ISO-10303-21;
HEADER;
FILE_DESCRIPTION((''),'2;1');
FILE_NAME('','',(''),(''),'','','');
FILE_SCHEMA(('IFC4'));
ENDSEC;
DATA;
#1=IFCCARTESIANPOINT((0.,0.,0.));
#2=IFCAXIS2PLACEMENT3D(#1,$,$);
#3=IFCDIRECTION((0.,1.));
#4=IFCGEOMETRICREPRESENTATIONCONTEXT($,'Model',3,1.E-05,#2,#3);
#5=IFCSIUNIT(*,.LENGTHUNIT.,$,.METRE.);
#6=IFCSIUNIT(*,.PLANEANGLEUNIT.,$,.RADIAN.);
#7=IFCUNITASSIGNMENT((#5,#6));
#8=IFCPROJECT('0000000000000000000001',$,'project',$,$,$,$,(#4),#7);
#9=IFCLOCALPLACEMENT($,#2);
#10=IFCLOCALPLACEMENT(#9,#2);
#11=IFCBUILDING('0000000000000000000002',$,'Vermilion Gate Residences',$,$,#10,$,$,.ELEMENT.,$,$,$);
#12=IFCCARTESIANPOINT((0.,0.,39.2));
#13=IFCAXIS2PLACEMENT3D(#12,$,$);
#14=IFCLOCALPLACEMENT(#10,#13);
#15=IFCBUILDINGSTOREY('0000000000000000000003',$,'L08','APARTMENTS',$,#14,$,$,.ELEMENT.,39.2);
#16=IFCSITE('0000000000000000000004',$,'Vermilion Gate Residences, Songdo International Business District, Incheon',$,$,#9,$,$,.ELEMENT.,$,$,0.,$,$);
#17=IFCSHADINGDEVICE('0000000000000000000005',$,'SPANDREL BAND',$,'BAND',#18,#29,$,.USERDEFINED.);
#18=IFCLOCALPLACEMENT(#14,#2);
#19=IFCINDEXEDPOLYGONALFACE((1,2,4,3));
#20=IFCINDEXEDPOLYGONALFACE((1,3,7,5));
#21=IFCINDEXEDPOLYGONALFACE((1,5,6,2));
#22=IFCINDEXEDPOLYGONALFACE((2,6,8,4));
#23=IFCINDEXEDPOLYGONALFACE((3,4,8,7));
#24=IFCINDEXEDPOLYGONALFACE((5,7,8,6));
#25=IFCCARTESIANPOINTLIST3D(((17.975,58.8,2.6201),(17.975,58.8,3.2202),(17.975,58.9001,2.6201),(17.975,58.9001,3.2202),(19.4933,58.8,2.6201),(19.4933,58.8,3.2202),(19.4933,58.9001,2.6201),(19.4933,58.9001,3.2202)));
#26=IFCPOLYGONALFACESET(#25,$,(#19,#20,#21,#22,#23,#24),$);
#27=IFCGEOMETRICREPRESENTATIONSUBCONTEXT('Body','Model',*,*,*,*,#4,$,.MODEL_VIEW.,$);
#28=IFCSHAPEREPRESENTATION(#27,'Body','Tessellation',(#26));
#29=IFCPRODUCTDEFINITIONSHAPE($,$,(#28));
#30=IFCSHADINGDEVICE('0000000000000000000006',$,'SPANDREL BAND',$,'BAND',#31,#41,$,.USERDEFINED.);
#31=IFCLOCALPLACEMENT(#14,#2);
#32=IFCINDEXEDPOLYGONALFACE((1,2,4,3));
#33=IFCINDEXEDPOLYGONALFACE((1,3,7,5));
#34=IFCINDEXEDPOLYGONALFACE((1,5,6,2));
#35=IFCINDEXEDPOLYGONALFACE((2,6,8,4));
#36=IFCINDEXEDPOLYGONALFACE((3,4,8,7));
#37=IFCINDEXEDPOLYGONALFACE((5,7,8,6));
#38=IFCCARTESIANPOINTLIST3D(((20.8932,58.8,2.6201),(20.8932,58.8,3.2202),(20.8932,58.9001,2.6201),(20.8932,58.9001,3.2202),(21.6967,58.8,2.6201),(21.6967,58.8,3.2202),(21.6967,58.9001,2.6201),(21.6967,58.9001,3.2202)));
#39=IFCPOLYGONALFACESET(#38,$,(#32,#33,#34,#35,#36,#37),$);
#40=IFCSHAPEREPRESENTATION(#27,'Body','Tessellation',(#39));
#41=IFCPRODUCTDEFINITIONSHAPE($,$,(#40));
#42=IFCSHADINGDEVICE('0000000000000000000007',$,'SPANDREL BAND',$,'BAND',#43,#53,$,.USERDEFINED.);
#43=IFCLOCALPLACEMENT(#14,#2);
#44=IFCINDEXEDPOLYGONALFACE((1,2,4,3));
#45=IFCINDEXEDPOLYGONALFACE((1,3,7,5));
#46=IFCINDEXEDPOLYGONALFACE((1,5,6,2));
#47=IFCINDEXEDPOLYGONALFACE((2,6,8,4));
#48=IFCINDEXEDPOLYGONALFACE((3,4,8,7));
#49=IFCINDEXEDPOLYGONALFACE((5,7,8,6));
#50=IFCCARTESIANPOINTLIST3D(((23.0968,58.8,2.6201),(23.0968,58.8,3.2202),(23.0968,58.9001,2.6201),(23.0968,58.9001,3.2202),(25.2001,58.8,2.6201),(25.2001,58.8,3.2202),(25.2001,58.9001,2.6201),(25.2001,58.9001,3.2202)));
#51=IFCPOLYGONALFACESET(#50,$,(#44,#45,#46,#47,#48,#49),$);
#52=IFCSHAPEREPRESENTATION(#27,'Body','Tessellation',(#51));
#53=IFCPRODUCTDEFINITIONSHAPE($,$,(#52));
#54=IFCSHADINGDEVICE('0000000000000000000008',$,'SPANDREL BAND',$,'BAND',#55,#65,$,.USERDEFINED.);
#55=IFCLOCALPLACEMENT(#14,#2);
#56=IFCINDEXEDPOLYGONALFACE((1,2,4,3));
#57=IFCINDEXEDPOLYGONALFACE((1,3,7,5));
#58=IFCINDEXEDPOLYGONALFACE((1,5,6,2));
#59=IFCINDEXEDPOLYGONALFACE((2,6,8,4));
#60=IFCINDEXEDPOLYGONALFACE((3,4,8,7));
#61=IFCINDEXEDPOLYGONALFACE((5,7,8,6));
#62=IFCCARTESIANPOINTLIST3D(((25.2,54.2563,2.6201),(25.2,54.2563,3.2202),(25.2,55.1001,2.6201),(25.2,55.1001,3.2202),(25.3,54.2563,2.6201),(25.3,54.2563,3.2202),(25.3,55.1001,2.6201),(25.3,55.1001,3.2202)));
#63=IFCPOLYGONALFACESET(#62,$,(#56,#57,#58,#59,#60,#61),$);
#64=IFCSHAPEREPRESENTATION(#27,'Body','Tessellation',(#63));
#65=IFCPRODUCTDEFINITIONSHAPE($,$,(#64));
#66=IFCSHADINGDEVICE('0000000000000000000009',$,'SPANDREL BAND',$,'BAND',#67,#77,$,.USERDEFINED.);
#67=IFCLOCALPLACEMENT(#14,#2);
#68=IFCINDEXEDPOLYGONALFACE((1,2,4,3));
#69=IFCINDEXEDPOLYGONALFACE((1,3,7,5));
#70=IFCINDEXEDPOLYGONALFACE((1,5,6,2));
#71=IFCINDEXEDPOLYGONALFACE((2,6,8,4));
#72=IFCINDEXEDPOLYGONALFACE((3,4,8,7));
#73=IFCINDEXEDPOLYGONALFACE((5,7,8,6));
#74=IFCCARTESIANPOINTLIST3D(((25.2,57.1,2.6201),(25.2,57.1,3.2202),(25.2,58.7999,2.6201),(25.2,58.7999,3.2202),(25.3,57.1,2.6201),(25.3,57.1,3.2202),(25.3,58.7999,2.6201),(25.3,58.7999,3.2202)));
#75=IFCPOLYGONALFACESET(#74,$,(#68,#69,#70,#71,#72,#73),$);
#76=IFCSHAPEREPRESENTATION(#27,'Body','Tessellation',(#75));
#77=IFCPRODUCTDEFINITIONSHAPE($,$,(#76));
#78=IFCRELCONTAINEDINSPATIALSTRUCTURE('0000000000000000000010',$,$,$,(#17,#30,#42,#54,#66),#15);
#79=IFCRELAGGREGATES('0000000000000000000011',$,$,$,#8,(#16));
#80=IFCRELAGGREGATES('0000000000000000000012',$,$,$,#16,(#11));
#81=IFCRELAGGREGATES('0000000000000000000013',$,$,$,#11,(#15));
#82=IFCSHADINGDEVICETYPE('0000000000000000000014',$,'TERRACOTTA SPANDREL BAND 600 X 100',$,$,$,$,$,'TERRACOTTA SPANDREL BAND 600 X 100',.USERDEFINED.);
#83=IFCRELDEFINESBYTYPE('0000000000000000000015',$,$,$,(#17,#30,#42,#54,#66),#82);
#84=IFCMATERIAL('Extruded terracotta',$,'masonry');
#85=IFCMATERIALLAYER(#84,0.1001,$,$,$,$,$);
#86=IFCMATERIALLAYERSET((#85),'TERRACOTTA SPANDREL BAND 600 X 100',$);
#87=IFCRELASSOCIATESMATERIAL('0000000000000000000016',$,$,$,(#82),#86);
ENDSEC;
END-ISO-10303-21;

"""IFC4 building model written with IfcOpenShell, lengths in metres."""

from ifc_helpers import new_model, si_unit, direction, frame, origin, origin_2d, place, context, subcontext, project, spatial, rectangle, extrude, material, layer, layer_set, type_object, element, save


model = new_model("IFC4")

# Units and contexts
model_context = context("Model", 3, precision=1e-05, world=origin(), true_north=direction((0.0, 1.0)))
body_context = subcontext(model_context, "Body", "Model", "MODEL_VIEW")
ifc_project = project(units=[si_unit("LENGTHUNIT", "METRE"), si_unit("PLANEANGLEUNIT", "RADIAN")], contexts=[model_context])

# Site, building, storey
site_placement = place(None, origin())
site = spatial("IfcSite", under=ifc_project, at=site_placement, Name="Vermilion Gate Residences, Songdo International Business District, Incheon", CompositionType="ELEMENT", RefElevation=0.0)
building_placement = place(site_placement, origin())
building = spatial("IfcBuilding", under=site, at=building_placement, Name="Vermilion Gate Residences", CompositionType="ELEMENT")
storey_placement = place(building_placement, frame((0.0, 0.0, 39.2)))
storey = spatial("IfcBuildingStorey", under=building, at=storey_placement, Name="L08", Description="APARTMENTS", CompositionType="ELEMENT", Elevation=39.2)

# Shading devices
ifc_material_1 = material(Name="Extruded terracotta", Category="masonry")
ifc_layer_1 = layer(ifc_material_1, 0.1001)
ifc_layer_set_1 = layer_set([ifc_layer_1], Name="TERRACOTTA SPANDREL BAND 600 X 100")
shading_device_type = type_object("IfcShadingDeviceType", Name="TERRACOTTA SPANDREL BAND 600 X 100", ElementType="TERRACOTTA SPANDREL BAND 600 X 100", PredefinedType="USERDEFINED", material=ifc_layer_set_1)
shading_device_1_placement = place(storey_placement, frame((18.7341, 58.8501, 2.6201), z_axis=(0.0, 0.0, 1.0), x_axis=(1.0, 0.0, 0.0)))
element("IfcShadingDevice", 1, at=shading_device_1_placement, inside=storey, type_object=shading_device_type, Name="SPANDREL BAND", ObjectType="BAND", PredefinedType="USERDEFINED", context=body_context, shape_type="SweptSolid", body=[
    extrude(rectangle(XDim=1.5183, YDim=0.1001, at=origin_2d()), origin(), (0.0, 0.0, 1.0), 0.6001),
])
shading_device_2_placement = place(storey_placement, frame((21.2949, 58.8501, 2.6201), z_axis=(0.0, 0.0, 1.0), x_axis=(1.0, 0.0, 0.0)))
element("IfcShadingDevice", 2, at=shading_device_2_placement, inside=storey, type_object=shading_device_type, Name="SPANDREL BAND", ObjectType="BAND", PredefinedType="USERDEFINED", context=body_context, shape_type="SweptSolid", body=[
    extrude(rectangle(XDim=0.8035, YDim=0.1001, at=origin_2d()), origin(), (0.0, 0.0, 1.0), 0.6001),
])
shading_device_3_placement = place(storey_placement, frame((24.1484, 58.8501, 2.6201), z_axis=(0.0, 0.0, 1.0), x_axis=(1.0, 0.0, 0.0)))
element("IfcShadingDevice", 3, at=shading_device_3_placement, inside=storey, type_object=shading_device_type, Name="SPANDREL BAND", ObjectType="BAND", PredefinedType="USERDEFINED", context=body_context, shape_type="SweptSolid", body=[
    extrude(rectangle(XDim=2.1033, YDim=0.1001, at=origin_2d()), origin(), (0.0, 0.0, 1.0), 0.6001),
])
shading_device_4_placement = place(storey_placement, frame((25.25, 54.6782, 2.6201), z_axis=(0.0, 0.0, 1.0), x_axis=(0.0, 1.0, 0.0)))
element("IfcShadingDevice", 4, at=shading_device_4_placement, inside=storey, type_object=shading_device_type, Name="SPANDREL BAND", ObjectType="BAND", PredefinedType="USERDEFINED", context=body_context, shape_type="SweptSolid", body=[
    extrude(rectangle(XDim=0.8438, YDim=0.1001, at=origin_2d()), origin(), (0.0, 0.0, 1.0), 0.6001),
])
shading_device_5_placement = place(storey_placement, frame((25.25, 57.95, 2.6201), z_axis=(0.0, 0.0, 1.0), x_axis=(0.0, 1.0, 0.0)))
element("IfcShadingDevice", 5, at=shading_device_5_placement, inside=storey, type_object=shading_device_type, Name="SPANDREL BAND", ObjectType="BAND", PredefinedType="USERDEFINED", context=body_context, shape_type="SweptSolid", body=[
    extrude(rectangle(XDim=1.7, YDim=0.1001, at=origin_2d()), origin(), (0.0, 0.0, 1.0), 0.6001),
])

save(model, "model.ifc")
